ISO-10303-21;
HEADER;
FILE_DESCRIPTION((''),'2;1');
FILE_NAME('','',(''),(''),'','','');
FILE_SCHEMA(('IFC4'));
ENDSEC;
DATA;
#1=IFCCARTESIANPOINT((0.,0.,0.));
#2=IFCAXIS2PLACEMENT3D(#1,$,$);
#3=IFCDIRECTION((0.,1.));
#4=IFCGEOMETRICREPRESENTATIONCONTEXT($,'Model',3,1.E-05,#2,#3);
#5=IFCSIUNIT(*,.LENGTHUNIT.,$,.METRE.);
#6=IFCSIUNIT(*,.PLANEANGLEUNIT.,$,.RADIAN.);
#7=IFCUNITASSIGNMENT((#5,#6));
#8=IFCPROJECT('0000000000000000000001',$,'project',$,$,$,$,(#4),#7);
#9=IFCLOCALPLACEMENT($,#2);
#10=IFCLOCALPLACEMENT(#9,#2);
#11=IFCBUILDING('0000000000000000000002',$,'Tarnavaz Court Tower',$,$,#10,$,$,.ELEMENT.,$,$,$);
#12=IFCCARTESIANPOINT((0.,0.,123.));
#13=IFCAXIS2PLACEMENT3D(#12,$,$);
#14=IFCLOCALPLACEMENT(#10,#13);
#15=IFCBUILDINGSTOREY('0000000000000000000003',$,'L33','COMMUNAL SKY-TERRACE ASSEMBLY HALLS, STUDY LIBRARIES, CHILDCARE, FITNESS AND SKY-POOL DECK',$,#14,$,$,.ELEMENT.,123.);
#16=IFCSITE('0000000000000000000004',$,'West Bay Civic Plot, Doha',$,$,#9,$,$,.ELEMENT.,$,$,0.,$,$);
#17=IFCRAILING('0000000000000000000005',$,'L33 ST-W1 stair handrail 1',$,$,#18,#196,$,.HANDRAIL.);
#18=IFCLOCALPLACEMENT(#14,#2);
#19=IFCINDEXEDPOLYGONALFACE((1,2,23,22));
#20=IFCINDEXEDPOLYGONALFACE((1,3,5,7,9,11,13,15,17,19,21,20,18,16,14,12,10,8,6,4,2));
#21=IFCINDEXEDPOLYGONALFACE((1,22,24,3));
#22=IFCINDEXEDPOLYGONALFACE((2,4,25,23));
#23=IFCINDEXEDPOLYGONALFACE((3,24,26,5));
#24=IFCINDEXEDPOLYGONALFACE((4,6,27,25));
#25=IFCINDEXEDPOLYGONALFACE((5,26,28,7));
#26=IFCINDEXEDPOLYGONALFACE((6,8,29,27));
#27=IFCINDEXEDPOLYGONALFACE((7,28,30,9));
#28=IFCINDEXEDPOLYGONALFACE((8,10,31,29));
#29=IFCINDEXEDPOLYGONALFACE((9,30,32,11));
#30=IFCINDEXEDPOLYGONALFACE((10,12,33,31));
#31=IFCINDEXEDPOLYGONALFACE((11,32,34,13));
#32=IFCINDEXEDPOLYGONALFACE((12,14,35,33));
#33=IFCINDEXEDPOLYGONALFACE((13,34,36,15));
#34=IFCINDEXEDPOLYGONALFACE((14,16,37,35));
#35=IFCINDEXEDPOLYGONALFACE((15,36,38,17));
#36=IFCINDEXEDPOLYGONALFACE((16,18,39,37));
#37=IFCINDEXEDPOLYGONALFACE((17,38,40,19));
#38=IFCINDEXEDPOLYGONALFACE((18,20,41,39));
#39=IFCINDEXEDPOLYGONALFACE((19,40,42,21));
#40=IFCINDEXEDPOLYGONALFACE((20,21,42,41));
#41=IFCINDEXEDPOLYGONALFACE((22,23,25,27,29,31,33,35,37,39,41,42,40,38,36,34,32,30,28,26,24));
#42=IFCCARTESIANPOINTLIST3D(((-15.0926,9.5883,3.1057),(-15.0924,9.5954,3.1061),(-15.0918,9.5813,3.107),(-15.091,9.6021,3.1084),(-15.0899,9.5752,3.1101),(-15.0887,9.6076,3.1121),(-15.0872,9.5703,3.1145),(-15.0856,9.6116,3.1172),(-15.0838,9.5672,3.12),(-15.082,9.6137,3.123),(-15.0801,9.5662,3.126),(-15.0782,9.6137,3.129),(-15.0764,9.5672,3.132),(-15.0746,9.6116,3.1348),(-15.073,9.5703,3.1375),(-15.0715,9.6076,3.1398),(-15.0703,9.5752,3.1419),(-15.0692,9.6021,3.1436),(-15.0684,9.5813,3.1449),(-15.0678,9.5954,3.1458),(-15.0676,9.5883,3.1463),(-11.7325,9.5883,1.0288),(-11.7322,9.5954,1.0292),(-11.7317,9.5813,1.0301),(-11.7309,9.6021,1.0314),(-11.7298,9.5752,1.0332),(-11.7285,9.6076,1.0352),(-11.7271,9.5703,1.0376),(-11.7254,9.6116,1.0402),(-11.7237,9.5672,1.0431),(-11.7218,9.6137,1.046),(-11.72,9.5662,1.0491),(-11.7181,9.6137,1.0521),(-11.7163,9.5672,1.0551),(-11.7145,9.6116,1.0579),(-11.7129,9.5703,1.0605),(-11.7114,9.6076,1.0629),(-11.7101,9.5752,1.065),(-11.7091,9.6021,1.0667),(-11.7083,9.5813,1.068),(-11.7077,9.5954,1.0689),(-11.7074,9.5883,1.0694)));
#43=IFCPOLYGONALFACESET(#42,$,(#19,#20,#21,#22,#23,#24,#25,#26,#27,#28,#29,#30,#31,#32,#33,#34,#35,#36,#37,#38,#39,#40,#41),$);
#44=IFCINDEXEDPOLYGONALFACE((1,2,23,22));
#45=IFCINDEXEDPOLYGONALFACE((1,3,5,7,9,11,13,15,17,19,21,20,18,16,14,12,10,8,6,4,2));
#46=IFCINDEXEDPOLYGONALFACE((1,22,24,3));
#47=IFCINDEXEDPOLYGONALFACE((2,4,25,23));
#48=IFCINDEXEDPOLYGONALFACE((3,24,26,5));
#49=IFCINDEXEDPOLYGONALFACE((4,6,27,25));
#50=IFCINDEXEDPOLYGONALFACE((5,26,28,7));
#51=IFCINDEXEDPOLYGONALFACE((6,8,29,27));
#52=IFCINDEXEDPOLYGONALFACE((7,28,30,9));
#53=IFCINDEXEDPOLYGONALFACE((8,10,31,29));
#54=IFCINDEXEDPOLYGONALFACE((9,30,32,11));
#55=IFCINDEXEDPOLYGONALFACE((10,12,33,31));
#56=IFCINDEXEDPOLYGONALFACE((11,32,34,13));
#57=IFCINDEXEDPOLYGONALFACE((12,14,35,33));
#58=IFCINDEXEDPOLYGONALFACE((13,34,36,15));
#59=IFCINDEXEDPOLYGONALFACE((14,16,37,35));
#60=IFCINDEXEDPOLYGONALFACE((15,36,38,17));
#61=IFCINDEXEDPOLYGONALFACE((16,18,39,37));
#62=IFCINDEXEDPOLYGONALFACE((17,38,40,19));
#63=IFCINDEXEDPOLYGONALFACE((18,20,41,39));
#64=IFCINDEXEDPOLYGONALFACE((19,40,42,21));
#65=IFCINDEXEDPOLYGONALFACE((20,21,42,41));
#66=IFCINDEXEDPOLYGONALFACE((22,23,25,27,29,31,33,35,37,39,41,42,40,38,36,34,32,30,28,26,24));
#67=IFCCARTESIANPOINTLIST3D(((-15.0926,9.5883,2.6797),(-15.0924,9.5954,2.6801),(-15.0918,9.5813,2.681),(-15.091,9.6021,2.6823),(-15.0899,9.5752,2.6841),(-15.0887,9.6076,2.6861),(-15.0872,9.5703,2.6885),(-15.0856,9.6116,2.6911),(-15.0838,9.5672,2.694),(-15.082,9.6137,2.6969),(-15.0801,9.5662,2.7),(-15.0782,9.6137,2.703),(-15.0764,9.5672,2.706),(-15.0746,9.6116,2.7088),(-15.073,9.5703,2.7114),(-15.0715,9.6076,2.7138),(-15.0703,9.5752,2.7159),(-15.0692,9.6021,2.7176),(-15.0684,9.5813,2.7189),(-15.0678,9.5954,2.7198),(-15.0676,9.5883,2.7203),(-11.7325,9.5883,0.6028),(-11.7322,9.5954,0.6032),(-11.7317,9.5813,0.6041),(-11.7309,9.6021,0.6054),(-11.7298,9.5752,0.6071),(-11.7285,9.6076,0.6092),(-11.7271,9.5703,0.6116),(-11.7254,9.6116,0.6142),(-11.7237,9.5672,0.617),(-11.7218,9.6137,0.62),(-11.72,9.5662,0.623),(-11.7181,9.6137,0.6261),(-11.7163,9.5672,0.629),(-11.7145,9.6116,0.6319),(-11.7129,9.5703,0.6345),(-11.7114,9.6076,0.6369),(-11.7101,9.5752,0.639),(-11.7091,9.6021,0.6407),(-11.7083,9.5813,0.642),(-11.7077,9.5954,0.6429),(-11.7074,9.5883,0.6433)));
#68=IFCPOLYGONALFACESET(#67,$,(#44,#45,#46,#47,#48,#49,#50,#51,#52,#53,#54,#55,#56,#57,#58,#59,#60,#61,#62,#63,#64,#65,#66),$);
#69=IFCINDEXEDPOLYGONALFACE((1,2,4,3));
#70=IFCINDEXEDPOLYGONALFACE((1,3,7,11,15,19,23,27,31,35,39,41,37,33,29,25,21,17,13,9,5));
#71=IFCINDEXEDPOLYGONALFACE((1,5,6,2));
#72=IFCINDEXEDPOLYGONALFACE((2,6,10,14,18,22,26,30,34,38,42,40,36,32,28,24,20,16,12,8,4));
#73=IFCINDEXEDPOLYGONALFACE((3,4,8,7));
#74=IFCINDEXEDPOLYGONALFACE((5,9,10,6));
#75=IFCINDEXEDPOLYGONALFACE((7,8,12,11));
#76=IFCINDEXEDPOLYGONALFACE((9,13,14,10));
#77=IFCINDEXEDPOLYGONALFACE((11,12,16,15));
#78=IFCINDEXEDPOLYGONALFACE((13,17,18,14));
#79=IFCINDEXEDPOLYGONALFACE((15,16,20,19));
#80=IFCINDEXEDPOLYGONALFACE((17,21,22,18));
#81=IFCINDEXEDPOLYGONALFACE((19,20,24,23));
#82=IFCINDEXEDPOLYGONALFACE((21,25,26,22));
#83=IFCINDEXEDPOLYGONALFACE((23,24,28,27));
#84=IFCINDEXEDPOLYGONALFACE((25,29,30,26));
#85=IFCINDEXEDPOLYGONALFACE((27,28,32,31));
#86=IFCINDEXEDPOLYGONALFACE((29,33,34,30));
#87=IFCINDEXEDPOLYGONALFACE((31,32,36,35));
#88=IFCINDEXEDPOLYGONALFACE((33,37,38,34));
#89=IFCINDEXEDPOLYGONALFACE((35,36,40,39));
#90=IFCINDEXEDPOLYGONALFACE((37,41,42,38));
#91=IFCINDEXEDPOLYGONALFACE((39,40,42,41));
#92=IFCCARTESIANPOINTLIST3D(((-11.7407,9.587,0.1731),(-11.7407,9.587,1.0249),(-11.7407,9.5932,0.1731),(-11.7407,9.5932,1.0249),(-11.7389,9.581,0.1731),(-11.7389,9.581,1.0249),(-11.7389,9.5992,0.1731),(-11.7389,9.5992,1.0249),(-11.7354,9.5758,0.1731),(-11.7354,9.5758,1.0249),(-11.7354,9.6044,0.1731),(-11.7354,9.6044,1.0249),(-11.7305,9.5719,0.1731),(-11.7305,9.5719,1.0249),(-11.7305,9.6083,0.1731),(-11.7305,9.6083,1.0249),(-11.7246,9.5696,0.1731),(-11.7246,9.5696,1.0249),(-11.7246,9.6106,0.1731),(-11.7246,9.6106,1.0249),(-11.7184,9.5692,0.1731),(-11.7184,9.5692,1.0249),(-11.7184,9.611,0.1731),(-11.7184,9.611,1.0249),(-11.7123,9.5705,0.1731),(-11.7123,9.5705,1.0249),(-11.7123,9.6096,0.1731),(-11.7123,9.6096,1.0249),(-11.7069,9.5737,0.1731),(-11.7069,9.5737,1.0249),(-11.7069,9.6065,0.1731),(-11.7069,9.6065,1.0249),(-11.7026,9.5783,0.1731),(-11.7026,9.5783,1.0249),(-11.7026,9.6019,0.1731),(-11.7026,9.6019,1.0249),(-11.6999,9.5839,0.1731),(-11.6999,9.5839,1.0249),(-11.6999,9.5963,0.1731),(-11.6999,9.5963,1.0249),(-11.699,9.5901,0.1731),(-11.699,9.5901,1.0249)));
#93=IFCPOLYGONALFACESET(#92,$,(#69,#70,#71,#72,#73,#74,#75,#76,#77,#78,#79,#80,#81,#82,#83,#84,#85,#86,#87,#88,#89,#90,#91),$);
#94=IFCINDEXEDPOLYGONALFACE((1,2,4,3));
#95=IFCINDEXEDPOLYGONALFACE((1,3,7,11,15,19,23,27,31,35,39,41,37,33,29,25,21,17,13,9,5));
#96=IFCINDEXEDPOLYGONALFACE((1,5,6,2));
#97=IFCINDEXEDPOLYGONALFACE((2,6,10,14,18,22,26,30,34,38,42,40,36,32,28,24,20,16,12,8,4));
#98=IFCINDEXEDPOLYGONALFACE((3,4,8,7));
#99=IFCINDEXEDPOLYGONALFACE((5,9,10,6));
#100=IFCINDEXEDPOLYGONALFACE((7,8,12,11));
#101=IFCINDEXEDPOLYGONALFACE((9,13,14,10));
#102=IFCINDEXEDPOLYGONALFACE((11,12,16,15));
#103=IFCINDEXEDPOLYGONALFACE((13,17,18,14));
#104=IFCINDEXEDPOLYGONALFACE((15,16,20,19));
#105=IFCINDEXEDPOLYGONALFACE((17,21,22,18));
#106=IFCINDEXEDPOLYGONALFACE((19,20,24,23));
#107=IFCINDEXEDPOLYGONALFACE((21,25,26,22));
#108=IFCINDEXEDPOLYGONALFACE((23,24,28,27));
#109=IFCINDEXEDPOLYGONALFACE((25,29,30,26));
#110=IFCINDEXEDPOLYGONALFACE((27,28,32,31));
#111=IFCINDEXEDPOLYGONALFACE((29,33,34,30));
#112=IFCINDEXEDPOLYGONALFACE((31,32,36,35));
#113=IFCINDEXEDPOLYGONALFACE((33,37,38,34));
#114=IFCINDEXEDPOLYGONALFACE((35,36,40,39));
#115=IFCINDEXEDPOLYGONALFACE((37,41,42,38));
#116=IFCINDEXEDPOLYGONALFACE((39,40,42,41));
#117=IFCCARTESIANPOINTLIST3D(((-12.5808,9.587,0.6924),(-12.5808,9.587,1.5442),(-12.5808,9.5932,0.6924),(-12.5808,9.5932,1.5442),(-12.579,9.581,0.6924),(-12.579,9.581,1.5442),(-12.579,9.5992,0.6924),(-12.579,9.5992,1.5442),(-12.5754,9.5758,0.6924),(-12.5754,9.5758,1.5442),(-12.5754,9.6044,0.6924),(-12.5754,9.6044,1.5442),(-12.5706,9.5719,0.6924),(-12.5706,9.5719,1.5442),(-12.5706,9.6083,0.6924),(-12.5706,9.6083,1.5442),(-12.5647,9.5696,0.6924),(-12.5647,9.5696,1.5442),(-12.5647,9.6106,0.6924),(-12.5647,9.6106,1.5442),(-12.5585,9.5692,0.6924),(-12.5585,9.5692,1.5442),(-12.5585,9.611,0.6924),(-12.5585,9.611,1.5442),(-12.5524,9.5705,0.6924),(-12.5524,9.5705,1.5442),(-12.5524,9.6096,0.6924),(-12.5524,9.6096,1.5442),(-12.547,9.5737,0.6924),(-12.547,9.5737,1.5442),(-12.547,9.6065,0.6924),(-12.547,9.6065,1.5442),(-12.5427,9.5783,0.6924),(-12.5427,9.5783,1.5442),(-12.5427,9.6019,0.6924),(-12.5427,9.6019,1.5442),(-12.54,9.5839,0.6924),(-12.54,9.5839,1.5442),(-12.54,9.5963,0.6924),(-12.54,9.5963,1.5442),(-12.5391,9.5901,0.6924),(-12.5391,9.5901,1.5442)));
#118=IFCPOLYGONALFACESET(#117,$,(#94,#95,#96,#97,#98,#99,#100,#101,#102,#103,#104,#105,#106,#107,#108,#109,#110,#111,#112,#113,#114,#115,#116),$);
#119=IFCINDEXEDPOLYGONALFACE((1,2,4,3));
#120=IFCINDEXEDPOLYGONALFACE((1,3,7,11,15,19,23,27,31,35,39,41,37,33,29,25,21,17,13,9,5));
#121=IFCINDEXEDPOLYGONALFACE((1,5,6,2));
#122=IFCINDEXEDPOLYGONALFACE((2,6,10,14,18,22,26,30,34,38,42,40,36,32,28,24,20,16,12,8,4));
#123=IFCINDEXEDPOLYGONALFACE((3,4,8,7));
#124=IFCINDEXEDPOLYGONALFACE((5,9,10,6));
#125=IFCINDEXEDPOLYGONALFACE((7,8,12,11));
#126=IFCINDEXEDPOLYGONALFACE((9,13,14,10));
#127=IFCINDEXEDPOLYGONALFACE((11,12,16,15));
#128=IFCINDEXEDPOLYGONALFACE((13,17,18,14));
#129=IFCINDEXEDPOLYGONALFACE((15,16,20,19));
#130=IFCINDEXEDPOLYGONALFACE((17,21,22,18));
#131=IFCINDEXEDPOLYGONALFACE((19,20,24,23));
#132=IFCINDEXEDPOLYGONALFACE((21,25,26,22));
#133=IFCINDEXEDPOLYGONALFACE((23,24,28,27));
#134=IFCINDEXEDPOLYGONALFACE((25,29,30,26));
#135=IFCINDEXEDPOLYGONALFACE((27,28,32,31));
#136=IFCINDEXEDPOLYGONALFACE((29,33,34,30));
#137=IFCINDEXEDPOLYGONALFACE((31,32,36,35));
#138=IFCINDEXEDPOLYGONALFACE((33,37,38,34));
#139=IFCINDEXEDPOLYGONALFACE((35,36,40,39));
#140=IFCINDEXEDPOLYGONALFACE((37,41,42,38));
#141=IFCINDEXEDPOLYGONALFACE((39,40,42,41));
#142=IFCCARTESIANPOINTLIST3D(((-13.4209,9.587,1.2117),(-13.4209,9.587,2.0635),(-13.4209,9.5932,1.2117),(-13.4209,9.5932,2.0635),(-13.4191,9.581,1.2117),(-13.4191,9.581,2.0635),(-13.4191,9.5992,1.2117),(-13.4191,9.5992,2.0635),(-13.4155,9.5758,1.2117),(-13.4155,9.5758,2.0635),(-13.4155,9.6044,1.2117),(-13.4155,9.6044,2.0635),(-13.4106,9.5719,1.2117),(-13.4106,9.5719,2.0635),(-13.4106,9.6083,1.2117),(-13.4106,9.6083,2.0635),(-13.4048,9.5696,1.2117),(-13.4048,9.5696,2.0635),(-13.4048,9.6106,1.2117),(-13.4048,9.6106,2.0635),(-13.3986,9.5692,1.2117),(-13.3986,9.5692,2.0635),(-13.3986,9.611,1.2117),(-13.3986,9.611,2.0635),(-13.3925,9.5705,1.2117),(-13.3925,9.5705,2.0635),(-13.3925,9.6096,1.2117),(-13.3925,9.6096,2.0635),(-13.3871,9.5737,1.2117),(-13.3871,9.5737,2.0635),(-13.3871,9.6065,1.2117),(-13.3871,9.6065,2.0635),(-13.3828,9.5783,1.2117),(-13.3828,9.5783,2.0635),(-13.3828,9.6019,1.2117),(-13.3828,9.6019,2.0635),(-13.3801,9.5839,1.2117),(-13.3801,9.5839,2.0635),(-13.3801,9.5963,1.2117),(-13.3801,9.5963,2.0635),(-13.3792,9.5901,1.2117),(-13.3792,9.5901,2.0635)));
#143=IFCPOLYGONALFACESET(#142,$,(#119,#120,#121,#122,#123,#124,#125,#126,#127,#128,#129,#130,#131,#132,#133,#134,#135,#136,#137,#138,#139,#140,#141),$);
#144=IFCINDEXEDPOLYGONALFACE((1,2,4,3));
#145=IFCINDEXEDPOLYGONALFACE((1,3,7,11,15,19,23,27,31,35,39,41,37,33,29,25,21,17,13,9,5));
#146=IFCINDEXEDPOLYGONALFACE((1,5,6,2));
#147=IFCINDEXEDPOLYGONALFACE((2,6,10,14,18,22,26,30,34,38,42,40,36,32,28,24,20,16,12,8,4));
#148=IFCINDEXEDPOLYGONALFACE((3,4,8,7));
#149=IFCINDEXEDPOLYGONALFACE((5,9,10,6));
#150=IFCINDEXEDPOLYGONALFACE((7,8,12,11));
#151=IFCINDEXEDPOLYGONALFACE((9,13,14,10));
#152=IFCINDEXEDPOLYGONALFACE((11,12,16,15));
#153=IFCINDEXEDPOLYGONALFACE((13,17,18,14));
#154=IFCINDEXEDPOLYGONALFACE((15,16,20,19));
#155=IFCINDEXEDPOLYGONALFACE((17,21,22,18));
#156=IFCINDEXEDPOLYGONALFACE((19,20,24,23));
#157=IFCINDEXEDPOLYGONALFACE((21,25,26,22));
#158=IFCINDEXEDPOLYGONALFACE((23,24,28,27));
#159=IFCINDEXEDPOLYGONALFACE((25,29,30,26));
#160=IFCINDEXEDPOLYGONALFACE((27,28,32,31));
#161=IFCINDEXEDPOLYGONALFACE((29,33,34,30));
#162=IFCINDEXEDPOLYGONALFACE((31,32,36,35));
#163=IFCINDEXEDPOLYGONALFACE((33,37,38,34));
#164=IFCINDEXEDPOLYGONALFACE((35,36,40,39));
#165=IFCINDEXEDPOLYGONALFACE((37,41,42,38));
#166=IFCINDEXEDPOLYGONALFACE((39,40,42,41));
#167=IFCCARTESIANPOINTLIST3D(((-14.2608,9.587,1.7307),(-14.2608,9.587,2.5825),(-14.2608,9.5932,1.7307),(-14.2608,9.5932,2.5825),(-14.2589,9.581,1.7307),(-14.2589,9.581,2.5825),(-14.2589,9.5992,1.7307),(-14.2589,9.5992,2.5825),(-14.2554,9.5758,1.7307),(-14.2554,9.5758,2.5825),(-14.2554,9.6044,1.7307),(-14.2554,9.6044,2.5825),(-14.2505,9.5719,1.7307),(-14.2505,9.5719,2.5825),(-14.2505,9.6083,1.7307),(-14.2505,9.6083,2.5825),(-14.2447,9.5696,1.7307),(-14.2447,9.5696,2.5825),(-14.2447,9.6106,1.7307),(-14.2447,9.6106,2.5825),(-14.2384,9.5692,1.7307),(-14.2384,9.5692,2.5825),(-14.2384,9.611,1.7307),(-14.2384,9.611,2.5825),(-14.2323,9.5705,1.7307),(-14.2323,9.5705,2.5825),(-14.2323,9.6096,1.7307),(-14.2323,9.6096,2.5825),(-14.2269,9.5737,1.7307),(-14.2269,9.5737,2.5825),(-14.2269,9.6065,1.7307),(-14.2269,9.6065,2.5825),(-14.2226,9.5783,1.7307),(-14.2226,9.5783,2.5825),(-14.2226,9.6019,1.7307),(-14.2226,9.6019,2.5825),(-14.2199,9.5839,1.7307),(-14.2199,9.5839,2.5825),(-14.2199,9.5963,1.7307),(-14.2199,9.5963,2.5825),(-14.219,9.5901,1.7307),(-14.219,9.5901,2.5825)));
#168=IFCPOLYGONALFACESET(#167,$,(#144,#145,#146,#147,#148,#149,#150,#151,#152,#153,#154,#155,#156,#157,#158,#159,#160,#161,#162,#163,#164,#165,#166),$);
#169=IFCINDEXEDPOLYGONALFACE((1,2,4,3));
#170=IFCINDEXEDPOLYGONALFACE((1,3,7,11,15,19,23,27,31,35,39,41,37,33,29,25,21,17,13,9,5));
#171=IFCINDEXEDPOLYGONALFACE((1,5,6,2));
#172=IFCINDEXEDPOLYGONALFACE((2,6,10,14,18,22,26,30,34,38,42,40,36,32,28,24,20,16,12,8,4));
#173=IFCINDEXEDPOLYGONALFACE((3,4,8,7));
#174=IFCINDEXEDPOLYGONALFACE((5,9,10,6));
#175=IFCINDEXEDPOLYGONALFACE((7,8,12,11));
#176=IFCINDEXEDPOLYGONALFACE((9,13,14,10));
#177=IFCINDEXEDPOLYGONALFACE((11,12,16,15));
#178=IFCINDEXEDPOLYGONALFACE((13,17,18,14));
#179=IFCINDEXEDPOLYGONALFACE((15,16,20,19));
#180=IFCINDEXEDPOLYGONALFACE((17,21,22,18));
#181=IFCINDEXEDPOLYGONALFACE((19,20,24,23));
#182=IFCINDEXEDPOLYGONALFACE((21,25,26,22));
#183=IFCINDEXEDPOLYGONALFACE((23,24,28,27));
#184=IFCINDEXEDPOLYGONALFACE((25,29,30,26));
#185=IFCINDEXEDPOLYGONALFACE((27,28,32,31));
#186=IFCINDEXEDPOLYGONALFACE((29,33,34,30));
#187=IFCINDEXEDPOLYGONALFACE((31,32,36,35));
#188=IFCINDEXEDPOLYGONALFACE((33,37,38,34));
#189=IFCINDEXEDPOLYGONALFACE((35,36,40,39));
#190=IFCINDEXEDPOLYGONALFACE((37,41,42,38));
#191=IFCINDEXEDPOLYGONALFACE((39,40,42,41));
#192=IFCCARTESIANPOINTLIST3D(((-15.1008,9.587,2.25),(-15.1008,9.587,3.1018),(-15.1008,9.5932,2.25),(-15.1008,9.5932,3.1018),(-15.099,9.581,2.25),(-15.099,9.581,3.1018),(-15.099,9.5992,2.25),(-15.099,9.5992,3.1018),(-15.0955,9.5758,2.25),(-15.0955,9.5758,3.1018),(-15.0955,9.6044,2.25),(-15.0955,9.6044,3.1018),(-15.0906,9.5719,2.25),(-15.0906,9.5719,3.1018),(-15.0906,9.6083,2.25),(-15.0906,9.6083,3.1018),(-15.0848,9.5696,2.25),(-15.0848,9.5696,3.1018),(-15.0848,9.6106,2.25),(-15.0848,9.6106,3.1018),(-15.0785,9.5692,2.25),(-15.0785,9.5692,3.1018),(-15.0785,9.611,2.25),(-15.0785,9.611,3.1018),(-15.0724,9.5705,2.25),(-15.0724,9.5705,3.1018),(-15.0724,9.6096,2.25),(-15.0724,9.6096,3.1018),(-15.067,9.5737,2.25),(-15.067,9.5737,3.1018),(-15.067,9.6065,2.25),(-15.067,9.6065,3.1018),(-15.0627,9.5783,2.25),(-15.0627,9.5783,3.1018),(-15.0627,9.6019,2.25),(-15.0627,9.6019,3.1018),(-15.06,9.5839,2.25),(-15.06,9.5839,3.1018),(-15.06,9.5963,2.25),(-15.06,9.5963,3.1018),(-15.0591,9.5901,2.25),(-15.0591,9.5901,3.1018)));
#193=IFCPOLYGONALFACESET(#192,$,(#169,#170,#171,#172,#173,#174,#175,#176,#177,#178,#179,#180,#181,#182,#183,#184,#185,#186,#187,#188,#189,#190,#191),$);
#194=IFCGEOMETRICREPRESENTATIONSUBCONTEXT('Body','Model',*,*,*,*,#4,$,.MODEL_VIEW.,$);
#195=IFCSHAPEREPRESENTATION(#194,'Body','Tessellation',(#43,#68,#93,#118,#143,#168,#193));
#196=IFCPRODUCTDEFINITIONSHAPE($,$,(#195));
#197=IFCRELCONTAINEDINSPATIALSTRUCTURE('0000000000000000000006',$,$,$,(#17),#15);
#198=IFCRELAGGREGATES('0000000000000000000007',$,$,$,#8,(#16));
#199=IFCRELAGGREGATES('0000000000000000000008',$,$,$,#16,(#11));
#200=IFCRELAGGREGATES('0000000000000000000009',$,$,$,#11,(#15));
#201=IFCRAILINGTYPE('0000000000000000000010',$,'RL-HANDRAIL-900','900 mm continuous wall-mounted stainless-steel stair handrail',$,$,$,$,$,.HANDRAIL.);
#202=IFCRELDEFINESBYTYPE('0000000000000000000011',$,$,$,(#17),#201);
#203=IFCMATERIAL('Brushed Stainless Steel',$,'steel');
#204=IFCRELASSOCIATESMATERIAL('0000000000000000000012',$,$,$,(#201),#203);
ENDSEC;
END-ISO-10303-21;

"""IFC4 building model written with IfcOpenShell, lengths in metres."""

from ifc_helpers import new_model, si_unit, direction, frame, origin, origin_2d, place, context, subcontext, project, spatial, circle, extrude, material, type_object, element, save


model = new_model("IFC4")

# Units and contexts
model_context = context("Model", 3, precision=1e-05, world=origin(), true_north=direction((0.0, 1.0)))
body_context = subcontext(model_context, "Body", "Model", "MODEL_VIEW")
ifc_project = project(units=[si_unit("LENGTHUNIT", "METRE"), si_unit("PLANEANGLEUNIT", "RADIAN")], contexts=[model_context])

# Site, building, storey
site_placement = place(None, origin())
site = spatial("IfcSite", under=ifc_project, at=site_placement, Name="West Bay Civic Plot, Doha", CompositionType="ELEMENT", RefElevation=0.0)
building_placement = place(site_placement, origin())
building = spatial("IfcBuilding", under=site, at=building_placement, Name="Tarnavaz Court Tower", CompositionType="ELEMENT")
storey_placement = place(building_placement, frame((0.0, 0.0, 123.0)))
storey = spatial("IfcBuildingStorey", under=building, at=storey_placement, Name="L33", Description="COMMUNAL SKY-TERRACE ASSEMBLY HALLS, STUDY LIBRARIES, CHILDCARE, FITNESS AND SKY-POOL DECK", CompositionType="ELEMENT", Elevation=123.0)

# Railing
ifc_material_1 = material(Name="Brushed Stainless Steel", Category="steel")
railing_type_1 = type_object("IfcRailingType", Name="RL-HANDRAIL-900", Description="900 mm continuous wall-mounted stainless-steel stair handrail", PredefinedType="HANDRAIL", material=ifc_material_1)
railing_1_placement = place(storey_placement, frame((-11.72, 9.5901, 0.1731)))
element("IfcRailing", 1, at=railing_1_placement, inside=storey, type_object=railing_type_1, Name="L33 ST-W1 stair handrail 1", PredefinedType="HANDRAIL", context=body_context, shape_type="SweptSolid", body=[
    extrude(circle(Radius=0.0239, at=origin_2d()), frame((0.0, 0.0, 0.876), z_axis=(-0.850623, 0.0, 0.525776), x_axis=(0.0, -1.0, 0.0)), (0.0, 0.0, 1.0), 3.9502),
    extrude(circle(Radius=0.0239, at=origin_2d()), frame((0.0, 0.0, 0.45), z_axis=(-0.850623, 0.0, 0.525776), x_axis=(0.0, -1.0, 0.0)), (0.0, 0.0, 1.0), 3.9502),
    extrude(circle(Radius=0.021, at=origin_2d()), origin(), (0.0, 0.0, 1.0), 0.8518),
    extrude(circle(Radius=0.021, at=origin_2d()), frame((-0.8401, 0.0, 0.5193)), (0.0, 0.0, 1.0), 0.8518),
    extrude(circle(Radius=0.021, at=origin_2d()), frame((-1.6802, 0.0, 1.0386)), (0.0, 0.0, 1.0), 0.8518),
    extrude(circle(Radius=0.021, at=origin_2d()), frame((-2.52, 0.0, 1.5576)), (0.0, 0.0, 1.0), 0.8518),
    extrude(circle(Radius=0.021, at=origin_2d()), frame((-3.3601, 0.0, 2.0769)), (0.0, 0.0, 1.0), 0.8518),
])

save(model, "model.ifc")
